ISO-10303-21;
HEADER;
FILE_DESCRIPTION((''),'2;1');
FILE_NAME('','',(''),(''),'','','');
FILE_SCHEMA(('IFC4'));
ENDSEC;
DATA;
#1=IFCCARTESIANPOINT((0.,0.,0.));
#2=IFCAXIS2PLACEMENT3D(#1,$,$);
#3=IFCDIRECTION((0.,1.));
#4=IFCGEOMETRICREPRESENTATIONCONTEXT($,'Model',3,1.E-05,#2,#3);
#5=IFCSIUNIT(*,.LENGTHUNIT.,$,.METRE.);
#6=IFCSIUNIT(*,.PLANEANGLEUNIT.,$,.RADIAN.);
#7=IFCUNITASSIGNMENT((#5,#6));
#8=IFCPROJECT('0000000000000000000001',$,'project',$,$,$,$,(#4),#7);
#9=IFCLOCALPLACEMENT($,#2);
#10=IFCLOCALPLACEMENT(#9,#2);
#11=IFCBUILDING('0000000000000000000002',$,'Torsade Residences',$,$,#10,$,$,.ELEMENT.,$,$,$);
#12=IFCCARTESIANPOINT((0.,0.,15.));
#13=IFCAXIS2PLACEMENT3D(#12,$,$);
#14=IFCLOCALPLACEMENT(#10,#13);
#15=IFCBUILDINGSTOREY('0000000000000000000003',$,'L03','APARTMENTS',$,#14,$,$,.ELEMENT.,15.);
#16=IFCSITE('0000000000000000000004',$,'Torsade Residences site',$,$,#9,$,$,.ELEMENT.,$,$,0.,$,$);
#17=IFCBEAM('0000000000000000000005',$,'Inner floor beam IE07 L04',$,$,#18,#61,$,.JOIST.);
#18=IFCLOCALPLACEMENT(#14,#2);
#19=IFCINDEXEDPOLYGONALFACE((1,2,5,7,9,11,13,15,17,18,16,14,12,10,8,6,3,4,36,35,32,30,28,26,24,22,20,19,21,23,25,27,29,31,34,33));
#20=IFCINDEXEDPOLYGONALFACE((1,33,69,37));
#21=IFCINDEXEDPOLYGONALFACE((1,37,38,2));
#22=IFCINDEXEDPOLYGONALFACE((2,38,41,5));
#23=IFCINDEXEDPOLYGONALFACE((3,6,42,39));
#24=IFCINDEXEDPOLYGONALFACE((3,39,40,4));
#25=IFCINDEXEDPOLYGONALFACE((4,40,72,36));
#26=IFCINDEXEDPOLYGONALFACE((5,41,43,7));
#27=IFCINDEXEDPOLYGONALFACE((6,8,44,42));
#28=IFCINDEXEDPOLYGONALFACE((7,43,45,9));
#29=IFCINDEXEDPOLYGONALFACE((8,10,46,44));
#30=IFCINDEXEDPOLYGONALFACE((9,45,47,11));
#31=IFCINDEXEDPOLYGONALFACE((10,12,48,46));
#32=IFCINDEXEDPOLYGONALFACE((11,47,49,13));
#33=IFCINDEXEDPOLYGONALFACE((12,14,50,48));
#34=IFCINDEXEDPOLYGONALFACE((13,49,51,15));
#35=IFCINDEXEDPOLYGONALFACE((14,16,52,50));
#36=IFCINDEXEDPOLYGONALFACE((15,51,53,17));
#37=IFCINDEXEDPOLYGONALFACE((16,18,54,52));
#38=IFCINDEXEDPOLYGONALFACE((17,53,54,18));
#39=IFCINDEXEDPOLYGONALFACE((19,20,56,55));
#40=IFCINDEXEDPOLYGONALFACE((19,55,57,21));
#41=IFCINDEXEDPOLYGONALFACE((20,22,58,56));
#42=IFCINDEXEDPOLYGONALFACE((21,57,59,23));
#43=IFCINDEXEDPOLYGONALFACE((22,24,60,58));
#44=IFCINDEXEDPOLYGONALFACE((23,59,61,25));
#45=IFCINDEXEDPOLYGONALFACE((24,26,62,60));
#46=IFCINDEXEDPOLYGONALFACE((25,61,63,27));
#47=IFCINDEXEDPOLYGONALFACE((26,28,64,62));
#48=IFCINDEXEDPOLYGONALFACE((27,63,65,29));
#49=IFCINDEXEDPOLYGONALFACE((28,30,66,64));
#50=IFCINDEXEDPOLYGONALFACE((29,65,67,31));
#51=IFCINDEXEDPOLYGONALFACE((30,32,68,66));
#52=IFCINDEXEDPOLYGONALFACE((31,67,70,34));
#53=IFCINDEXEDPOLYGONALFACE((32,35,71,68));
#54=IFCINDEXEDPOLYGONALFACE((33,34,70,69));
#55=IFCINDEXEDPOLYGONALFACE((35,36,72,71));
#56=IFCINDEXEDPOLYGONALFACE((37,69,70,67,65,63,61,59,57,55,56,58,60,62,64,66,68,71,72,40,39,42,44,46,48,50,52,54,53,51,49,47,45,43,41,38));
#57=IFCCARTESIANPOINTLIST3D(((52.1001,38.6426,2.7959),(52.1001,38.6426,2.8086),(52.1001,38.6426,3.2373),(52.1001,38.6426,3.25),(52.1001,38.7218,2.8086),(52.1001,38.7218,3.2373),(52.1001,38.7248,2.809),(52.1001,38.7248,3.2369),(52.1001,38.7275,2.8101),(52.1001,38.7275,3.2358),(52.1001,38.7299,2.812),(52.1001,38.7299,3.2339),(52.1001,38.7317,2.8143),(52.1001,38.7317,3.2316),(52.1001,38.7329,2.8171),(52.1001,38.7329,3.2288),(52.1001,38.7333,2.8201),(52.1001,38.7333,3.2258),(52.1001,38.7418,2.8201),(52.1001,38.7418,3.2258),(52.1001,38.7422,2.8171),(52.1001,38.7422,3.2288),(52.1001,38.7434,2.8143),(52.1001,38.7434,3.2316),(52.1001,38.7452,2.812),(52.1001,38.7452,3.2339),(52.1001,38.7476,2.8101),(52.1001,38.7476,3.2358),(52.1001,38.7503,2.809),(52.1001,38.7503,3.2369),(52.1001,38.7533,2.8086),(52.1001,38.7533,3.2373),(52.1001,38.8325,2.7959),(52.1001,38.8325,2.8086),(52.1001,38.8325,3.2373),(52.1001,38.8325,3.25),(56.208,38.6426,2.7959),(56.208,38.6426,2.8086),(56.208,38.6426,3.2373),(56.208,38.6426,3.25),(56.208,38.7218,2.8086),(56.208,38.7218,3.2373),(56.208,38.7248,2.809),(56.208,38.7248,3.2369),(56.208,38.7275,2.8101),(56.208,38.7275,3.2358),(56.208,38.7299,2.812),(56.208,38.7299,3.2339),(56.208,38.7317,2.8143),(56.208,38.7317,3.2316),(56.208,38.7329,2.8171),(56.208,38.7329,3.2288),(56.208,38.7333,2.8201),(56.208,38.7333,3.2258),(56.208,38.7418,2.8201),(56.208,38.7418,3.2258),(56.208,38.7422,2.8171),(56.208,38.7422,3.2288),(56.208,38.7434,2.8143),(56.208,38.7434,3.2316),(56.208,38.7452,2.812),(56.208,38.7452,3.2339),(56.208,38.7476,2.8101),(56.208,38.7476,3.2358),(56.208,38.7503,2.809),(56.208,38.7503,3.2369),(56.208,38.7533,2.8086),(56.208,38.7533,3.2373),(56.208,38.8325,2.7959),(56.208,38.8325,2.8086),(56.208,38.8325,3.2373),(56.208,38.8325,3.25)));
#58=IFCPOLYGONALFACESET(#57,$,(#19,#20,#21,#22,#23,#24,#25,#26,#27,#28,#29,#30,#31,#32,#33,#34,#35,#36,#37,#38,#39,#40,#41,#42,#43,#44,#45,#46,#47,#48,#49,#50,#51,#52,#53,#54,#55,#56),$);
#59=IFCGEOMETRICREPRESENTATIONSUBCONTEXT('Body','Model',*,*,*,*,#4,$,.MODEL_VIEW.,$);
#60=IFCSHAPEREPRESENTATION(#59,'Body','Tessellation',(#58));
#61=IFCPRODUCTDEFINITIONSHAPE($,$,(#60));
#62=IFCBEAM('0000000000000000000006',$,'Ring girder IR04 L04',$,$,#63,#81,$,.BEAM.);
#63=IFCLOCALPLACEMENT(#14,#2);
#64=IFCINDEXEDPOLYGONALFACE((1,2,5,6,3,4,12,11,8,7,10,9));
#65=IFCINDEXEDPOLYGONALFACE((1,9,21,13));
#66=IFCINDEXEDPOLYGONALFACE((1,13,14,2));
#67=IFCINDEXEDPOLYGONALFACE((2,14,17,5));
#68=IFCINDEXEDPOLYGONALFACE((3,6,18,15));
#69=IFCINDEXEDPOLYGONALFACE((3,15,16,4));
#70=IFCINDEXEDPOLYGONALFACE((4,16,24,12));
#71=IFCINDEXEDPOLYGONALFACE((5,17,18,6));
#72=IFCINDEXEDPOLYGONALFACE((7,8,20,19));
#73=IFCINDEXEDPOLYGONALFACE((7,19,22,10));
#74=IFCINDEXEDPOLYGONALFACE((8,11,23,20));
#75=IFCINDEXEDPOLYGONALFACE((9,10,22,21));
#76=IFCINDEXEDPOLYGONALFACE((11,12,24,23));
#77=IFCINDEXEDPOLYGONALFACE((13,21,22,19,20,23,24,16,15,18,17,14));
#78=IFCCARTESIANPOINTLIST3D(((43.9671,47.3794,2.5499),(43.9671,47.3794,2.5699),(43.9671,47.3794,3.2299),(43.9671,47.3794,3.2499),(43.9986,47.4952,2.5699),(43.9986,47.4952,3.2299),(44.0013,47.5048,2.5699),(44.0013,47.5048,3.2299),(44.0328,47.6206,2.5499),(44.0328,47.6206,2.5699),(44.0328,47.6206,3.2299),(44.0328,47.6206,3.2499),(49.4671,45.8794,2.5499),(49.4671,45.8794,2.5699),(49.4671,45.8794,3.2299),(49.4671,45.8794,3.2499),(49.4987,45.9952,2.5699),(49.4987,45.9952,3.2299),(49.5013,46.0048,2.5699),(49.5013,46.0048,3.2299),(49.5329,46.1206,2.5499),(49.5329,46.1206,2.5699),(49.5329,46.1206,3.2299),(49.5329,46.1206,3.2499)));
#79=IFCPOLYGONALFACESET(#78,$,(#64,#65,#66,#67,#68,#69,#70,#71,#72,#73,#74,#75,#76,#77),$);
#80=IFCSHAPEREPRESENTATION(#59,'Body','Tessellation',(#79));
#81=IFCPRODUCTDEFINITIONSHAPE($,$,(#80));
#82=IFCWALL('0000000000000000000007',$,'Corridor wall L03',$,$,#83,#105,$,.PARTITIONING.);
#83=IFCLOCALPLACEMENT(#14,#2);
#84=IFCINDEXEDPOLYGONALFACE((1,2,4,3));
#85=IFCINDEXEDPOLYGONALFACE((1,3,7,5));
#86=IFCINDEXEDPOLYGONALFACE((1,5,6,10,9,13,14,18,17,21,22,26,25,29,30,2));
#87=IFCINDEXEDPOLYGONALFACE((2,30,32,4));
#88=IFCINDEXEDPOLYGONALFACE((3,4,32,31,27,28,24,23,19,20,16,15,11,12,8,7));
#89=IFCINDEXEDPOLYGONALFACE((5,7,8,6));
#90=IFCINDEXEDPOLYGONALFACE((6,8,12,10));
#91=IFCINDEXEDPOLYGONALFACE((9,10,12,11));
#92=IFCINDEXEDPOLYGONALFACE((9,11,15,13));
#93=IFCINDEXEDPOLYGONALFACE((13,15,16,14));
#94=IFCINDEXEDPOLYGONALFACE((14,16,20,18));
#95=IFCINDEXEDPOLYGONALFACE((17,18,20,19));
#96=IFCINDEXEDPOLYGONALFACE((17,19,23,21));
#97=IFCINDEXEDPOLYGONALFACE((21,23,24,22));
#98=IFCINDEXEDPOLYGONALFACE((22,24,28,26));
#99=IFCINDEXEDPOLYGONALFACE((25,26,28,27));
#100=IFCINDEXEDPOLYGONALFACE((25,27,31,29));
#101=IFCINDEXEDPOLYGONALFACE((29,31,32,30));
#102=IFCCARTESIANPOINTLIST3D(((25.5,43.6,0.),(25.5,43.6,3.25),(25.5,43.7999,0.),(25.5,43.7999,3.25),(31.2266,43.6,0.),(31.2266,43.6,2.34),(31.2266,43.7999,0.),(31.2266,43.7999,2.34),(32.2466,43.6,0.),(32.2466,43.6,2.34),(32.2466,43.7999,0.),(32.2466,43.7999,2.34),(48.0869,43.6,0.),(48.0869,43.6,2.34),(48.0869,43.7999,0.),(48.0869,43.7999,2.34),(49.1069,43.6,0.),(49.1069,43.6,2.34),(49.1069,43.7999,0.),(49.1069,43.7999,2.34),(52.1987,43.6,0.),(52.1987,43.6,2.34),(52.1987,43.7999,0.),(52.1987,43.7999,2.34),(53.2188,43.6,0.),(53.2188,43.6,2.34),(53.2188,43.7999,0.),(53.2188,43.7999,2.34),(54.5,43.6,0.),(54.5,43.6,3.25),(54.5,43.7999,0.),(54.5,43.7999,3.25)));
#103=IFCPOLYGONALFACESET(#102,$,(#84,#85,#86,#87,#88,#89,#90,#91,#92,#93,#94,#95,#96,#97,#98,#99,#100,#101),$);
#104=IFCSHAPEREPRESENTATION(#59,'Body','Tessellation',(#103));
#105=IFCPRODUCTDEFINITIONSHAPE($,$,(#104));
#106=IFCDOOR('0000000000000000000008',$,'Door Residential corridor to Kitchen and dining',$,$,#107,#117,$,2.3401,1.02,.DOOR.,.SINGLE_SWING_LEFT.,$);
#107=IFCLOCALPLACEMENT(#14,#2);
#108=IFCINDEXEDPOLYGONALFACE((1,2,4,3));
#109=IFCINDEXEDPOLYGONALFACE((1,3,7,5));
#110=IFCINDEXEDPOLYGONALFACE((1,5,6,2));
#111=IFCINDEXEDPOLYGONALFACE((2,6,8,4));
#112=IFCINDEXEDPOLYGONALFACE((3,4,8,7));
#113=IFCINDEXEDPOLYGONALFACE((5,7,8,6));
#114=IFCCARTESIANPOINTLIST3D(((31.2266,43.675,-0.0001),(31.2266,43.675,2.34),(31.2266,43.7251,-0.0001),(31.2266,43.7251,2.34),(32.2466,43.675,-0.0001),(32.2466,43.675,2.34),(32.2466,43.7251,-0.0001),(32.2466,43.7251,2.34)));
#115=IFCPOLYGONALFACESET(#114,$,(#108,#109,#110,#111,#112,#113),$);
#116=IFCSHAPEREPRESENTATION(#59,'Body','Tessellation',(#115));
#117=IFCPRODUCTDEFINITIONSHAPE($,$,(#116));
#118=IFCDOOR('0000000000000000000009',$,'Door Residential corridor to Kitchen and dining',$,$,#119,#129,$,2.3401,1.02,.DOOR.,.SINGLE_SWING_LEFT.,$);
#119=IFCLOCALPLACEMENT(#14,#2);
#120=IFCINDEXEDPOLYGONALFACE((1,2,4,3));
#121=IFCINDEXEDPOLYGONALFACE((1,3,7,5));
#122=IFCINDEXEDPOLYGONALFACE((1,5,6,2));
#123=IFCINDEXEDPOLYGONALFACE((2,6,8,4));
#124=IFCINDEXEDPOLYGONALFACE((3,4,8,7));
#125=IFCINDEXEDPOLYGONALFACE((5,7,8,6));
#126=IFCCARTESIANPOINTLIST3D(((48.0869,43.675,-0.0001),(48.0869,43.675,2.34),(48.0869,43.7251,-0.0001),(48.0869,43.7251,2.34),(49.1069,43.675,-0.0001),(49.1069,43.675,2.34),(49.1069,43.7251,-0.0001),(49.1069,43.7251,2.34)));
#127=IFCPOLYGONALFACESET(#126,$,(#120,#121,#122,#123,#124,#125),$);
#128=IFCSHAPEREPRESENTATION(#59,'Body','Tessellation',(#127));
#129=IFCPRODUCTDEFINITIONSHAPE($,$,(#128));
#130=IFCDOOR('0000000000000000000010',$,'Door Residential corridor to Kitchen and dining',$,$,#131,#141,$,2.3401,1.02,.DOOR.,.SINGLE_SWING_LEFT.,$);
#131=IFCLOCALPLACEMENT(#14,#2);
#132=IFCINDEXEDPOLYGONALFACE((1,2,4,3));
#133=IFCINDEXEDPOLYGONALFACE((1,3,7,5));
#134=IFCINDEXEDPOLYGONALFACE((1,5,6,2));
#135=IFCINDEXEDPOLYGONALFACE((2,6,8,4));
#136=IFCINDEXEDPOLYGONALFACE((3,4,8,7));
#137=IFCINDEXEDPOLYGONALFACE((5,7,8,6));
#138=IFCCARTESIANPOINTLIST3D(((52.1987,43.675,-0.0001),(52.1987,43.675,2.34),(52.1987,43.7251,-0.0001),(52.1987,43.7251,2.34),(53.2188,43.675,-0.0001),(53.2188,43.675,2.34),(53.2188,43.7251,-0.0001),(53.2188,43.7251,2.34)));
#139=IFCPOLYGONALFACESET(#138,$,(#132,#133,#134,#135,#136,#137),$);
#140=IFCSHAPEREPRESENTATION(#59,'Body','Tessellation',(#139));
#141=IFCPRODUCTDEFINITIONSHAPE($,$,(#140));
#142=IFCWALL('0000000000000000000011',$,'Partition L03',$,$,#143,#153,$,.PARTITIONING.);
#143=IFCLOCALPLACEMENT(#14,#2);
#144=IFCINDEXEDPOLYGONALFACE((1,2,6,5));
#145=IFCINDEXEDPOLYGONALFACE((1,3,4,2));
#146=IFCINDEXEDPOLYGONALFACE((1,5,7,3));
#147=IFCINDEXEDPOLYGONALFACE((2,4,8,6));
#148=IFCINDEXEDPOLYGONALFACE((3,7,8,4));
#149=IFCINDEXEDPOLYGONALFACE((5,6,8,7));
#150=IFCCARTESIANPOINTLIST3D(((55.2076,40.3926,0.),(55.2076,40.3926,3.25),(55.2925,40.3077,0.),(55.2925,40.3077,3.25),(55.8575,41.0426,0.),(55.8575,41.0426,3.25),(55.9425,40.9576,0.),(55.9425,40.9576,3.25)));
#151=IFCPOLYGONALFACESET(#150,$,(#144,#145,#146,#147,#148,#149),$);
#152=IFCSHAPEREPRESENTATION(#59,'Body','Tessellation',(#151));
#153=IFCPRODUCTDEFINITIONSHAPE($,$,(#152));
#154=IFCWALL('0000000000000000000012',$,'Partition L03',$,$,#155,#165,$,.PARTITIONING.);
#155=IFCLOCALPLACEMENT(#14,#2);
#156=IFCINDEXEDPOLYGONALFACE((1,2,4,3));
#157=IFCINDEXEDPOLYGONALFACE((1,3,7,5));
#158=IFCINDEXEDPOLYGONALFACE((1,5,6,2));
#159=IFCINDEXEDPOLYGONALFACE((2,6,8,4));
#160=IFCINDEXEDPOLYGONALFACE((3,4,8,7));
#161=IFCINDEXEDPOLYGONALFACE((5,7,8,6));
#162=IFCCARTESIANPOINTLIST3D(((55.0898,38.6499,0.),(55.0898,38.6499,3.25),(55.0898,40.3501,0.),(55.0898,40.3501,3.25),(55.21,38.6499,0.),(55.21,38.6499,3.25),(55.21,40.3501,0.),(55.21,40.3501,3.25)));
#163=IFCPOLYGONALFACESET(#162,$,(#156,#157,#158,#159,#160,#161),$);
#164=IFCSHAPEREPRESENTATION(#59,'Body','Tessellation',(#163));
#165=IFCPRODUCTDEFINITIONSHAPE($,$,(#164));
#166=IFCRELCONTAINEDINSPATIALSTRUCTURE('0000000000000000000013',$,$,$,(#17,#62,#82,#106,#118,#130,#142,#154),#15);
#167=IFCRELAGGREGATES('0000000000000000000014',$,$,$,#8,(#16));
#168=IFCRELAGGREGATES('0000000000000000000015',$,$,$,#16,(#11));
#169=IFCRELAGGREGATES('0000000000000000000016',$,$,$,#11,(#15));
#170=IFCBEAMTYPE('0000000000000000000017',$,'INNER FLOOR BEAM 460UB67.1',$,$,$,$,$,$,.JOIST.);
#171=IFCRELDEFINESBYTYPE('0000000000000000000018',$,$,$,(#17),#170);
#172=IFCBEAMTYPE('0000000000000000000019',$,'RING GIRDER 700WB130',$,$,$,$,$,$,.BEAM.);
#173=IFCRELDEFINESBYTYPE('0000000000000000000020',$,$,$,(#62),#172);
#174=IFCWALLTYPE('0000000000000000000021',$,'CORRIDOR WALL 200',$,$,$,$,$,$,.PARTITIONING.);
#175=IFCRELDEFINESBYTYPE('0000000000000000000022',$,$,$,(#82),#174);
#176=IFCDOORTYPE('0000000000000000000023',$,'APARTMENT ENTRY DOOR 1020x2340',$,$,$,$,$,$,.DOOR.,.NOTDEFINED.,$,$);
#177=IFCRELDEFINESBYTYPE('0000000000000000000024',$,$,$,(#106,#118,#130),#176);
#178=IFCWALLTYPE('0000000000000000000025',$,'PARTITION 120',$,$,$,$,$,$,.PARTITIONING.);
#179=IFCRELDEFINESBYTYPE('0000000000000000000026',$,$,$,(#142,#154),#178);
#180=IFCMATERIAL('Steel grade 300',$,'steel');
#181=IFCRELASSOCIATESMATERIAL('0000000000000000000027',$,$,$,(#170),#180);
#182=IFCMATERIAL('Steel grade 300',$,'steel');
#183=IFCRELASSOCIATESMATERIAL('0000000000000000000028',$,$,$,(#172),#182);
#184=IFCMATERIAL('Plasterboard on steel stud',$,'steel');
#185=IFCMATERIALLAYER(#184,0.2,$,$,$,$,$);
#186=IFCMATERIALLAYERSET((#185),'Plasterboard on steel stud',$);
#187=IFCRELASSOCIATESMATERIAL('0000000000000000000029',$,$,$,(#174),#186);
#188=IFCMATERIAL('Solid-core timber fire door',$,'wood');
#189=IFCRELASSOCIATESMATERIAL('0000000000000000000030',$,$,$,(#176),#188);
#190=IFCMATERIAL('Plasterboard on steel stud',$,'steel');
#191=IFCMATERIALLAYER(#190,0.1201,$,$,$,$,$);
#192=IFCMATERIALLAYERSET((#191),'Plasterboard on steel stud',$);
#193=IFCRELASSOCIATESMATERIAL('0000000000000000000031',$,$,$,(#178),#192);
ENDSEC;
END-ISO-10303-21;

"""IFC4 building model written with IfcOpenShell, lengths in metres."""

from ifc_helpers import new_model, si_unit, direction, frame, frame_2d, origin, origin_2d, place, context, subcontext, project, spatial, rectangle, i_section, extrude, material, layer, layer_set, material_profile, profile_set, type_object, element, fill, save


model = new_model("IFC4")

# Units and contexts
model_context = context("Model", 3, precision=1e-05, world=origin(), true_north=direction((0.0, 1.0)))
body_context = subcontext(model_context, "Body", "Model", "MODEL_VIEW")
ifc_project = project(units=[si_unit("LENGTHUNIT", "METRE"), si_unit("PLANEANGLEUNIT", "RADIAN")], contexts=[model_context])

# Site, building, storey
site_placement = place(None, origin())
site = spatial("IfcSite", under=ifc_project, at=site_placement, Name="Torsade Residences site", CompositionType="ELEMENT", RefElevation=0.0)
building_placement = place(site_placement, origin())
building = spatial("IfcBuilding", under=site, at=building_placement, Name="Torsade Residences", CompositionType="ELEMENT")
storey_placement = place(building_placement, frame((0.0, 0.0, 15.0)))
storey = spatial("IfcBuildingStorey", under=building, at=storey_placement, Name="L03", Description="APARTMENTS", CompositionType="ELEMENT", Elevation=15.0)

# Beams
ifc_material_1 = material(Name="Steel grade 300", Category="steel")
ifc_material_profile_1 = material_profile(ifc_material_1, i_section(OverallWidth=0.1899, OverallDepth=0.4541, WebThickness=0.0085, FlangeThickness=0.0127, FilletRadius=0.0115, at=origin_2d()), Name="460UB67.1")
ifc_profile_set_1 = profile_set([ifc_material_profile_1], Name="Steel grade 300")
beam_type_1 = type_object("IfcBeamType", Name="INNER FLOOR BEAM 460UB67.1", PredefinedType="JOIST", material=ifc_profile_set_1)
beam_1_placement = place(storey_placement, frame((52.1001, 38.7375, 3.0229), z_axis=(1.0, 0.0, 0.0), x_axis=(0.0, 1.0, 0.0)))
element("IfcBeam", 1, at=beam_1_placement, inside=storey, type_object=beam_type_1, Name="Inner floor beam IE07 L04", PredefinedType="JOIST", context=body_context, shape_type="SweptSolid", body=[
    extrude(i_section(OverallWidth=0.1899, OverallDepth=0.4541, WebThickness=0.0085, FlangeThickness=0.0127, FilletRadius=0.0115, at=origin_2d()), origin(), (0.0, 0.0, 1.0), 4.1079),
])
ifc_material_2 = material(Name="Steel grade 300", Category="steel")
ifc_material_profile_2 = material_profile(ifc_material_2, i_section(OverallWidth=0.25, OverallDepth=0.7, WebThickness=0.01, FlangeThickness=0.02, at=origin_2d()), Name="700WB130")
ifc_profile_set_2 = profile_set([ifc_material_profile_2], Name="Steel grade 300")
beam_type_2 = type_object("IfcBeamType", Name="RING GIRDER 700WB130", PredefinedType="BEAM", material=ifc_profile_set_2)
beam_2_placement = place(storey_placement, frame((49.5, 46.0, 2.8999), z_axis=(-0.964764, 0.263117, 0.0), x_axis=(-0.263117, -0.964764, 0.0)))
element("IfcBeam", 2, at=beam_2_placement, inside=storey, type_object=beam_type_2, Name="Ring girder IR04 L04", PredefinedType="BEAM", context=body_context, shape_type="SweptSolid", body=[
    extrude(i_section(OverallWidth=0.25, OverallDepth=0.7, WebThickness=0.01, FlangeThickness=0.02, at=origin_2d()), origin(), (0.0, 0.0, 1.0), 5.7009),
])

# Wall, openings, doors
ifc_material_3 = material(Name="Plasterboard on steel stud", Category="steel")
ifc_layer_1 = layer(ifc_material_3, 0.2)
ifc_layer_set_1 = layer_set([ifc_layer_1], Name="Plasterboard on steel stud")
wall_type_1 = type_object("IfcWallType", Name="CORRIDOR WALL 200", PredefinedType="PARTITIONING", material=ifc_layer_set_1)
wall_1_placement = place(storey_placement, frame((54.5, 43.7, 0.0), z_axis=(0.0, 0.0, 1.0), x_axis=(-1.0, 0.0, 0.0)))
wall_1 = element("IfcWall", 3, at=wall_1_placement, inside=storey, type_object=wall_type_1, Name="Corridor wall L03", PredefinedType="PARTITIONING", context=body_context, shape_type="SweptSolid", body=[
    extrude(rectangle(XDim=29.0, YDim=0.2, at=frame_2d((14.5, 0.0))), origin(), (0.0, 0.0, 1.0), 3.25),
])
opening_1_placement = place(wall_1_placement, frame((22.2534, 0.0, 0.0)))
opening_1 = element("IfcOpeningElement", 4, at=opening_1_placement, cuts=wall_1, PredefinedType="OPENING", context=body_context, shape_type="SweptSolid", body=[
    extrude(rectangle(XDim=1.02, YDim=2.3401, at=frame_2d((0.51, 1.1699))), frame((0.0, 0.1099, 0.0), z_axis=(0.0, -1.0, 0.0), x_axis=(1.0, 0.0, 0.0)), (0.0, 0.0, 1.0), 0.22),
])
opening_2_placement = place(wall_1_placement, frame((5.3931, 0.0, 0.0)))
opening_2 = element("IfcOpeningElement", 5, at=opening_2_placement, cuts=wall_1, PredefinedType="OPENING", context=body_context, shape_type="SweptSolid", body=[
    extrude(rectangle(XDim=1.02, YDim=2.3401, at=frame_2d((0.51, 1.1699))), frame((0.0, 0.1099, 0.0), z_axis=(0.0, -1.0, 0.0), x_axis=(1.0, 0.0, 0.0)), (0.0, 0.0, 1.0), 0.22),
])
opening_3_placement = place(wall_1_placement, frame((1.2812, 0.0, 0.0)))
opening_3 = element("IfcOpeningElement", 6, at=opening_3_placement, cuts=wall_1, PredefinedType="OPENING", context=body_context, shape_type="SweptSolid", body=[
    extrude(rectangle(XDim=1.02, YDim=2.3401, at=frame_2d((0.51, 1.1699))), frame((0.0, 0.1099, 0.0), z_axis=(0.0, -1.0, 0.0), x_axis=(1.0, 0.0, 0.0)), (0.0, 0.0, 1.0), 0.22),
])
ifc_material_4 = material(Name="Solid-core timber fire door", Category="wood")
door_type = type_object("IfcDoorType", Name="APARTMENT ENTRY DOOR 1020x2340", OperationType="NOTDEFINED", PredefinedType="DOOR", material=ifc_material_4)
door_1_placement = place(opening_1_placement, origin())
door_1 = element("IfcDoor", 7, at=door_1_placement, inside=storey, type_object=door_type, Name="Door Residential corridor to Kitchen and dining", OperationType="SINGLE_SWING_LEFT", OverallHeight=2.3401, OverallWidth=1.02, PredefinedType="DOOR", context=body_context, shape_type="SweptSolid", body=[
    extrude(rectangle(XDim=1.02, YDim=2.3401, at=frame_2d((0.51, 1.1699))), frame((0.0, 0.0249, 0.0), z_axis=(0.0, -1.0, 0.0), x_axis=(1.0, 0.0, 0.0)), (0.0, 0.0, 1.0), 0.05),
])
fill(opening_1, door_1)
door_2_placement = place(opening_2_placement, origin())
door_2 = element("IfcDoor", 8, at=door_2_placement, inside=storey, type_object=door_type, Name="Door Residential corridor to Kitchen and dining", OperationType="SINGLE_SWING_LEFT", OverallHeight=2.3401, OverallWidth=1.02, PredefinedType="DOOR", context=body_context, shape_type="SweptSolid", body=[
    extrude(rectangle(XDim=1.02, YDim=2.3401, at=frame_2d((0.51, 1.1699))), frame((0.0, 0.0249, 0.0), z_axis=(0.0, -1.0, 0.0), x_axis=(1.0, 0.0, 0.0)), (0.0, 0.0, 1.0), 0.05),
])
fill(opening_2, door_2)
door_3_placement = place(opening_3_placement, origin())
door_3 = element("IfcDoor", 9, at=door_3_placement, inside=storey, type_object=door_type, Name="Door Residential corridor to Kitchen and dining", OperationType="SINGLE_SWING_LEFT", OverallHeight=2.3401, OverallWidth=1.02, PredefinedType="DOOR", context=body_context, shape_type="SweptSolid", body=[
    extrude(rectangle(XDim=1.02, YDim=2.3401, at=frame_2d((0.51, 1.1699))), frame((0.0, 0.0249, 0.0), z_axis=(0.0, -1.0, 0.0), x_axis=(1.0, 0.0, 0.0)), (0.0, 0.0, 1.0), 0.05),
])
fill(opening_3, door_3)

# Walls
ifc_material_5 = material(Name="Plasterboard on steel stud", Category="steel")
ifc_layer_2 = layer(ifc_material_5, 0.1201)
ifc_layer_set_2 = layer_set([ifc_layer_2], Name="Plasterboard on steel stud")
wall_type_2 = type_object("IfcWallType", Name="PARTITION 120", PredefinedType="PARTITIONING", material=ifc_layer_set_2)
wall_2_placement = place(storey_placement, frame((55.8999, 41.0, 0.0), z_axis=(0.0, 0.0, 1.0), x_axis=(-0.707107, -0.707107, 0.0)))
element("IfcWall", 10, at=wall_2_placement, inside=storey, type_object=wall_type_2, Name="Partition L03", PredefinedType="PARTITIONING", context=body_context, shape_type="SweptSolid", body=[
    extrude(rectangle(XDim=0.9192, YDim=0.1201, at=frame_2d((0.4595, 0.0))), origin(), (0.0, 0.0, 1.0), 3.25),
])
wall_3_placement = place(storey_placement, frame((55.1499, 40.3501, 0.0), z_axis=(0.0, 0.0, 1.0), x_axis=(0.0, -1.0, 0.0)))
element("IfcWall", 11, at=wall_3_placement, inside=storey, type_object=wall_type_2, Name="Partition L03", PredefinedType="PARTITIONING", context=body_context, shape_type="SweptSolid", body=[
    extrude(rectangle(XDim=1.7002, YDim=0.1201, at=frame_2d((0.8501, 0.0))), origin(), (0.0, 0.0, 1.0), 3.25),
])

save(model, "model.ifc")
